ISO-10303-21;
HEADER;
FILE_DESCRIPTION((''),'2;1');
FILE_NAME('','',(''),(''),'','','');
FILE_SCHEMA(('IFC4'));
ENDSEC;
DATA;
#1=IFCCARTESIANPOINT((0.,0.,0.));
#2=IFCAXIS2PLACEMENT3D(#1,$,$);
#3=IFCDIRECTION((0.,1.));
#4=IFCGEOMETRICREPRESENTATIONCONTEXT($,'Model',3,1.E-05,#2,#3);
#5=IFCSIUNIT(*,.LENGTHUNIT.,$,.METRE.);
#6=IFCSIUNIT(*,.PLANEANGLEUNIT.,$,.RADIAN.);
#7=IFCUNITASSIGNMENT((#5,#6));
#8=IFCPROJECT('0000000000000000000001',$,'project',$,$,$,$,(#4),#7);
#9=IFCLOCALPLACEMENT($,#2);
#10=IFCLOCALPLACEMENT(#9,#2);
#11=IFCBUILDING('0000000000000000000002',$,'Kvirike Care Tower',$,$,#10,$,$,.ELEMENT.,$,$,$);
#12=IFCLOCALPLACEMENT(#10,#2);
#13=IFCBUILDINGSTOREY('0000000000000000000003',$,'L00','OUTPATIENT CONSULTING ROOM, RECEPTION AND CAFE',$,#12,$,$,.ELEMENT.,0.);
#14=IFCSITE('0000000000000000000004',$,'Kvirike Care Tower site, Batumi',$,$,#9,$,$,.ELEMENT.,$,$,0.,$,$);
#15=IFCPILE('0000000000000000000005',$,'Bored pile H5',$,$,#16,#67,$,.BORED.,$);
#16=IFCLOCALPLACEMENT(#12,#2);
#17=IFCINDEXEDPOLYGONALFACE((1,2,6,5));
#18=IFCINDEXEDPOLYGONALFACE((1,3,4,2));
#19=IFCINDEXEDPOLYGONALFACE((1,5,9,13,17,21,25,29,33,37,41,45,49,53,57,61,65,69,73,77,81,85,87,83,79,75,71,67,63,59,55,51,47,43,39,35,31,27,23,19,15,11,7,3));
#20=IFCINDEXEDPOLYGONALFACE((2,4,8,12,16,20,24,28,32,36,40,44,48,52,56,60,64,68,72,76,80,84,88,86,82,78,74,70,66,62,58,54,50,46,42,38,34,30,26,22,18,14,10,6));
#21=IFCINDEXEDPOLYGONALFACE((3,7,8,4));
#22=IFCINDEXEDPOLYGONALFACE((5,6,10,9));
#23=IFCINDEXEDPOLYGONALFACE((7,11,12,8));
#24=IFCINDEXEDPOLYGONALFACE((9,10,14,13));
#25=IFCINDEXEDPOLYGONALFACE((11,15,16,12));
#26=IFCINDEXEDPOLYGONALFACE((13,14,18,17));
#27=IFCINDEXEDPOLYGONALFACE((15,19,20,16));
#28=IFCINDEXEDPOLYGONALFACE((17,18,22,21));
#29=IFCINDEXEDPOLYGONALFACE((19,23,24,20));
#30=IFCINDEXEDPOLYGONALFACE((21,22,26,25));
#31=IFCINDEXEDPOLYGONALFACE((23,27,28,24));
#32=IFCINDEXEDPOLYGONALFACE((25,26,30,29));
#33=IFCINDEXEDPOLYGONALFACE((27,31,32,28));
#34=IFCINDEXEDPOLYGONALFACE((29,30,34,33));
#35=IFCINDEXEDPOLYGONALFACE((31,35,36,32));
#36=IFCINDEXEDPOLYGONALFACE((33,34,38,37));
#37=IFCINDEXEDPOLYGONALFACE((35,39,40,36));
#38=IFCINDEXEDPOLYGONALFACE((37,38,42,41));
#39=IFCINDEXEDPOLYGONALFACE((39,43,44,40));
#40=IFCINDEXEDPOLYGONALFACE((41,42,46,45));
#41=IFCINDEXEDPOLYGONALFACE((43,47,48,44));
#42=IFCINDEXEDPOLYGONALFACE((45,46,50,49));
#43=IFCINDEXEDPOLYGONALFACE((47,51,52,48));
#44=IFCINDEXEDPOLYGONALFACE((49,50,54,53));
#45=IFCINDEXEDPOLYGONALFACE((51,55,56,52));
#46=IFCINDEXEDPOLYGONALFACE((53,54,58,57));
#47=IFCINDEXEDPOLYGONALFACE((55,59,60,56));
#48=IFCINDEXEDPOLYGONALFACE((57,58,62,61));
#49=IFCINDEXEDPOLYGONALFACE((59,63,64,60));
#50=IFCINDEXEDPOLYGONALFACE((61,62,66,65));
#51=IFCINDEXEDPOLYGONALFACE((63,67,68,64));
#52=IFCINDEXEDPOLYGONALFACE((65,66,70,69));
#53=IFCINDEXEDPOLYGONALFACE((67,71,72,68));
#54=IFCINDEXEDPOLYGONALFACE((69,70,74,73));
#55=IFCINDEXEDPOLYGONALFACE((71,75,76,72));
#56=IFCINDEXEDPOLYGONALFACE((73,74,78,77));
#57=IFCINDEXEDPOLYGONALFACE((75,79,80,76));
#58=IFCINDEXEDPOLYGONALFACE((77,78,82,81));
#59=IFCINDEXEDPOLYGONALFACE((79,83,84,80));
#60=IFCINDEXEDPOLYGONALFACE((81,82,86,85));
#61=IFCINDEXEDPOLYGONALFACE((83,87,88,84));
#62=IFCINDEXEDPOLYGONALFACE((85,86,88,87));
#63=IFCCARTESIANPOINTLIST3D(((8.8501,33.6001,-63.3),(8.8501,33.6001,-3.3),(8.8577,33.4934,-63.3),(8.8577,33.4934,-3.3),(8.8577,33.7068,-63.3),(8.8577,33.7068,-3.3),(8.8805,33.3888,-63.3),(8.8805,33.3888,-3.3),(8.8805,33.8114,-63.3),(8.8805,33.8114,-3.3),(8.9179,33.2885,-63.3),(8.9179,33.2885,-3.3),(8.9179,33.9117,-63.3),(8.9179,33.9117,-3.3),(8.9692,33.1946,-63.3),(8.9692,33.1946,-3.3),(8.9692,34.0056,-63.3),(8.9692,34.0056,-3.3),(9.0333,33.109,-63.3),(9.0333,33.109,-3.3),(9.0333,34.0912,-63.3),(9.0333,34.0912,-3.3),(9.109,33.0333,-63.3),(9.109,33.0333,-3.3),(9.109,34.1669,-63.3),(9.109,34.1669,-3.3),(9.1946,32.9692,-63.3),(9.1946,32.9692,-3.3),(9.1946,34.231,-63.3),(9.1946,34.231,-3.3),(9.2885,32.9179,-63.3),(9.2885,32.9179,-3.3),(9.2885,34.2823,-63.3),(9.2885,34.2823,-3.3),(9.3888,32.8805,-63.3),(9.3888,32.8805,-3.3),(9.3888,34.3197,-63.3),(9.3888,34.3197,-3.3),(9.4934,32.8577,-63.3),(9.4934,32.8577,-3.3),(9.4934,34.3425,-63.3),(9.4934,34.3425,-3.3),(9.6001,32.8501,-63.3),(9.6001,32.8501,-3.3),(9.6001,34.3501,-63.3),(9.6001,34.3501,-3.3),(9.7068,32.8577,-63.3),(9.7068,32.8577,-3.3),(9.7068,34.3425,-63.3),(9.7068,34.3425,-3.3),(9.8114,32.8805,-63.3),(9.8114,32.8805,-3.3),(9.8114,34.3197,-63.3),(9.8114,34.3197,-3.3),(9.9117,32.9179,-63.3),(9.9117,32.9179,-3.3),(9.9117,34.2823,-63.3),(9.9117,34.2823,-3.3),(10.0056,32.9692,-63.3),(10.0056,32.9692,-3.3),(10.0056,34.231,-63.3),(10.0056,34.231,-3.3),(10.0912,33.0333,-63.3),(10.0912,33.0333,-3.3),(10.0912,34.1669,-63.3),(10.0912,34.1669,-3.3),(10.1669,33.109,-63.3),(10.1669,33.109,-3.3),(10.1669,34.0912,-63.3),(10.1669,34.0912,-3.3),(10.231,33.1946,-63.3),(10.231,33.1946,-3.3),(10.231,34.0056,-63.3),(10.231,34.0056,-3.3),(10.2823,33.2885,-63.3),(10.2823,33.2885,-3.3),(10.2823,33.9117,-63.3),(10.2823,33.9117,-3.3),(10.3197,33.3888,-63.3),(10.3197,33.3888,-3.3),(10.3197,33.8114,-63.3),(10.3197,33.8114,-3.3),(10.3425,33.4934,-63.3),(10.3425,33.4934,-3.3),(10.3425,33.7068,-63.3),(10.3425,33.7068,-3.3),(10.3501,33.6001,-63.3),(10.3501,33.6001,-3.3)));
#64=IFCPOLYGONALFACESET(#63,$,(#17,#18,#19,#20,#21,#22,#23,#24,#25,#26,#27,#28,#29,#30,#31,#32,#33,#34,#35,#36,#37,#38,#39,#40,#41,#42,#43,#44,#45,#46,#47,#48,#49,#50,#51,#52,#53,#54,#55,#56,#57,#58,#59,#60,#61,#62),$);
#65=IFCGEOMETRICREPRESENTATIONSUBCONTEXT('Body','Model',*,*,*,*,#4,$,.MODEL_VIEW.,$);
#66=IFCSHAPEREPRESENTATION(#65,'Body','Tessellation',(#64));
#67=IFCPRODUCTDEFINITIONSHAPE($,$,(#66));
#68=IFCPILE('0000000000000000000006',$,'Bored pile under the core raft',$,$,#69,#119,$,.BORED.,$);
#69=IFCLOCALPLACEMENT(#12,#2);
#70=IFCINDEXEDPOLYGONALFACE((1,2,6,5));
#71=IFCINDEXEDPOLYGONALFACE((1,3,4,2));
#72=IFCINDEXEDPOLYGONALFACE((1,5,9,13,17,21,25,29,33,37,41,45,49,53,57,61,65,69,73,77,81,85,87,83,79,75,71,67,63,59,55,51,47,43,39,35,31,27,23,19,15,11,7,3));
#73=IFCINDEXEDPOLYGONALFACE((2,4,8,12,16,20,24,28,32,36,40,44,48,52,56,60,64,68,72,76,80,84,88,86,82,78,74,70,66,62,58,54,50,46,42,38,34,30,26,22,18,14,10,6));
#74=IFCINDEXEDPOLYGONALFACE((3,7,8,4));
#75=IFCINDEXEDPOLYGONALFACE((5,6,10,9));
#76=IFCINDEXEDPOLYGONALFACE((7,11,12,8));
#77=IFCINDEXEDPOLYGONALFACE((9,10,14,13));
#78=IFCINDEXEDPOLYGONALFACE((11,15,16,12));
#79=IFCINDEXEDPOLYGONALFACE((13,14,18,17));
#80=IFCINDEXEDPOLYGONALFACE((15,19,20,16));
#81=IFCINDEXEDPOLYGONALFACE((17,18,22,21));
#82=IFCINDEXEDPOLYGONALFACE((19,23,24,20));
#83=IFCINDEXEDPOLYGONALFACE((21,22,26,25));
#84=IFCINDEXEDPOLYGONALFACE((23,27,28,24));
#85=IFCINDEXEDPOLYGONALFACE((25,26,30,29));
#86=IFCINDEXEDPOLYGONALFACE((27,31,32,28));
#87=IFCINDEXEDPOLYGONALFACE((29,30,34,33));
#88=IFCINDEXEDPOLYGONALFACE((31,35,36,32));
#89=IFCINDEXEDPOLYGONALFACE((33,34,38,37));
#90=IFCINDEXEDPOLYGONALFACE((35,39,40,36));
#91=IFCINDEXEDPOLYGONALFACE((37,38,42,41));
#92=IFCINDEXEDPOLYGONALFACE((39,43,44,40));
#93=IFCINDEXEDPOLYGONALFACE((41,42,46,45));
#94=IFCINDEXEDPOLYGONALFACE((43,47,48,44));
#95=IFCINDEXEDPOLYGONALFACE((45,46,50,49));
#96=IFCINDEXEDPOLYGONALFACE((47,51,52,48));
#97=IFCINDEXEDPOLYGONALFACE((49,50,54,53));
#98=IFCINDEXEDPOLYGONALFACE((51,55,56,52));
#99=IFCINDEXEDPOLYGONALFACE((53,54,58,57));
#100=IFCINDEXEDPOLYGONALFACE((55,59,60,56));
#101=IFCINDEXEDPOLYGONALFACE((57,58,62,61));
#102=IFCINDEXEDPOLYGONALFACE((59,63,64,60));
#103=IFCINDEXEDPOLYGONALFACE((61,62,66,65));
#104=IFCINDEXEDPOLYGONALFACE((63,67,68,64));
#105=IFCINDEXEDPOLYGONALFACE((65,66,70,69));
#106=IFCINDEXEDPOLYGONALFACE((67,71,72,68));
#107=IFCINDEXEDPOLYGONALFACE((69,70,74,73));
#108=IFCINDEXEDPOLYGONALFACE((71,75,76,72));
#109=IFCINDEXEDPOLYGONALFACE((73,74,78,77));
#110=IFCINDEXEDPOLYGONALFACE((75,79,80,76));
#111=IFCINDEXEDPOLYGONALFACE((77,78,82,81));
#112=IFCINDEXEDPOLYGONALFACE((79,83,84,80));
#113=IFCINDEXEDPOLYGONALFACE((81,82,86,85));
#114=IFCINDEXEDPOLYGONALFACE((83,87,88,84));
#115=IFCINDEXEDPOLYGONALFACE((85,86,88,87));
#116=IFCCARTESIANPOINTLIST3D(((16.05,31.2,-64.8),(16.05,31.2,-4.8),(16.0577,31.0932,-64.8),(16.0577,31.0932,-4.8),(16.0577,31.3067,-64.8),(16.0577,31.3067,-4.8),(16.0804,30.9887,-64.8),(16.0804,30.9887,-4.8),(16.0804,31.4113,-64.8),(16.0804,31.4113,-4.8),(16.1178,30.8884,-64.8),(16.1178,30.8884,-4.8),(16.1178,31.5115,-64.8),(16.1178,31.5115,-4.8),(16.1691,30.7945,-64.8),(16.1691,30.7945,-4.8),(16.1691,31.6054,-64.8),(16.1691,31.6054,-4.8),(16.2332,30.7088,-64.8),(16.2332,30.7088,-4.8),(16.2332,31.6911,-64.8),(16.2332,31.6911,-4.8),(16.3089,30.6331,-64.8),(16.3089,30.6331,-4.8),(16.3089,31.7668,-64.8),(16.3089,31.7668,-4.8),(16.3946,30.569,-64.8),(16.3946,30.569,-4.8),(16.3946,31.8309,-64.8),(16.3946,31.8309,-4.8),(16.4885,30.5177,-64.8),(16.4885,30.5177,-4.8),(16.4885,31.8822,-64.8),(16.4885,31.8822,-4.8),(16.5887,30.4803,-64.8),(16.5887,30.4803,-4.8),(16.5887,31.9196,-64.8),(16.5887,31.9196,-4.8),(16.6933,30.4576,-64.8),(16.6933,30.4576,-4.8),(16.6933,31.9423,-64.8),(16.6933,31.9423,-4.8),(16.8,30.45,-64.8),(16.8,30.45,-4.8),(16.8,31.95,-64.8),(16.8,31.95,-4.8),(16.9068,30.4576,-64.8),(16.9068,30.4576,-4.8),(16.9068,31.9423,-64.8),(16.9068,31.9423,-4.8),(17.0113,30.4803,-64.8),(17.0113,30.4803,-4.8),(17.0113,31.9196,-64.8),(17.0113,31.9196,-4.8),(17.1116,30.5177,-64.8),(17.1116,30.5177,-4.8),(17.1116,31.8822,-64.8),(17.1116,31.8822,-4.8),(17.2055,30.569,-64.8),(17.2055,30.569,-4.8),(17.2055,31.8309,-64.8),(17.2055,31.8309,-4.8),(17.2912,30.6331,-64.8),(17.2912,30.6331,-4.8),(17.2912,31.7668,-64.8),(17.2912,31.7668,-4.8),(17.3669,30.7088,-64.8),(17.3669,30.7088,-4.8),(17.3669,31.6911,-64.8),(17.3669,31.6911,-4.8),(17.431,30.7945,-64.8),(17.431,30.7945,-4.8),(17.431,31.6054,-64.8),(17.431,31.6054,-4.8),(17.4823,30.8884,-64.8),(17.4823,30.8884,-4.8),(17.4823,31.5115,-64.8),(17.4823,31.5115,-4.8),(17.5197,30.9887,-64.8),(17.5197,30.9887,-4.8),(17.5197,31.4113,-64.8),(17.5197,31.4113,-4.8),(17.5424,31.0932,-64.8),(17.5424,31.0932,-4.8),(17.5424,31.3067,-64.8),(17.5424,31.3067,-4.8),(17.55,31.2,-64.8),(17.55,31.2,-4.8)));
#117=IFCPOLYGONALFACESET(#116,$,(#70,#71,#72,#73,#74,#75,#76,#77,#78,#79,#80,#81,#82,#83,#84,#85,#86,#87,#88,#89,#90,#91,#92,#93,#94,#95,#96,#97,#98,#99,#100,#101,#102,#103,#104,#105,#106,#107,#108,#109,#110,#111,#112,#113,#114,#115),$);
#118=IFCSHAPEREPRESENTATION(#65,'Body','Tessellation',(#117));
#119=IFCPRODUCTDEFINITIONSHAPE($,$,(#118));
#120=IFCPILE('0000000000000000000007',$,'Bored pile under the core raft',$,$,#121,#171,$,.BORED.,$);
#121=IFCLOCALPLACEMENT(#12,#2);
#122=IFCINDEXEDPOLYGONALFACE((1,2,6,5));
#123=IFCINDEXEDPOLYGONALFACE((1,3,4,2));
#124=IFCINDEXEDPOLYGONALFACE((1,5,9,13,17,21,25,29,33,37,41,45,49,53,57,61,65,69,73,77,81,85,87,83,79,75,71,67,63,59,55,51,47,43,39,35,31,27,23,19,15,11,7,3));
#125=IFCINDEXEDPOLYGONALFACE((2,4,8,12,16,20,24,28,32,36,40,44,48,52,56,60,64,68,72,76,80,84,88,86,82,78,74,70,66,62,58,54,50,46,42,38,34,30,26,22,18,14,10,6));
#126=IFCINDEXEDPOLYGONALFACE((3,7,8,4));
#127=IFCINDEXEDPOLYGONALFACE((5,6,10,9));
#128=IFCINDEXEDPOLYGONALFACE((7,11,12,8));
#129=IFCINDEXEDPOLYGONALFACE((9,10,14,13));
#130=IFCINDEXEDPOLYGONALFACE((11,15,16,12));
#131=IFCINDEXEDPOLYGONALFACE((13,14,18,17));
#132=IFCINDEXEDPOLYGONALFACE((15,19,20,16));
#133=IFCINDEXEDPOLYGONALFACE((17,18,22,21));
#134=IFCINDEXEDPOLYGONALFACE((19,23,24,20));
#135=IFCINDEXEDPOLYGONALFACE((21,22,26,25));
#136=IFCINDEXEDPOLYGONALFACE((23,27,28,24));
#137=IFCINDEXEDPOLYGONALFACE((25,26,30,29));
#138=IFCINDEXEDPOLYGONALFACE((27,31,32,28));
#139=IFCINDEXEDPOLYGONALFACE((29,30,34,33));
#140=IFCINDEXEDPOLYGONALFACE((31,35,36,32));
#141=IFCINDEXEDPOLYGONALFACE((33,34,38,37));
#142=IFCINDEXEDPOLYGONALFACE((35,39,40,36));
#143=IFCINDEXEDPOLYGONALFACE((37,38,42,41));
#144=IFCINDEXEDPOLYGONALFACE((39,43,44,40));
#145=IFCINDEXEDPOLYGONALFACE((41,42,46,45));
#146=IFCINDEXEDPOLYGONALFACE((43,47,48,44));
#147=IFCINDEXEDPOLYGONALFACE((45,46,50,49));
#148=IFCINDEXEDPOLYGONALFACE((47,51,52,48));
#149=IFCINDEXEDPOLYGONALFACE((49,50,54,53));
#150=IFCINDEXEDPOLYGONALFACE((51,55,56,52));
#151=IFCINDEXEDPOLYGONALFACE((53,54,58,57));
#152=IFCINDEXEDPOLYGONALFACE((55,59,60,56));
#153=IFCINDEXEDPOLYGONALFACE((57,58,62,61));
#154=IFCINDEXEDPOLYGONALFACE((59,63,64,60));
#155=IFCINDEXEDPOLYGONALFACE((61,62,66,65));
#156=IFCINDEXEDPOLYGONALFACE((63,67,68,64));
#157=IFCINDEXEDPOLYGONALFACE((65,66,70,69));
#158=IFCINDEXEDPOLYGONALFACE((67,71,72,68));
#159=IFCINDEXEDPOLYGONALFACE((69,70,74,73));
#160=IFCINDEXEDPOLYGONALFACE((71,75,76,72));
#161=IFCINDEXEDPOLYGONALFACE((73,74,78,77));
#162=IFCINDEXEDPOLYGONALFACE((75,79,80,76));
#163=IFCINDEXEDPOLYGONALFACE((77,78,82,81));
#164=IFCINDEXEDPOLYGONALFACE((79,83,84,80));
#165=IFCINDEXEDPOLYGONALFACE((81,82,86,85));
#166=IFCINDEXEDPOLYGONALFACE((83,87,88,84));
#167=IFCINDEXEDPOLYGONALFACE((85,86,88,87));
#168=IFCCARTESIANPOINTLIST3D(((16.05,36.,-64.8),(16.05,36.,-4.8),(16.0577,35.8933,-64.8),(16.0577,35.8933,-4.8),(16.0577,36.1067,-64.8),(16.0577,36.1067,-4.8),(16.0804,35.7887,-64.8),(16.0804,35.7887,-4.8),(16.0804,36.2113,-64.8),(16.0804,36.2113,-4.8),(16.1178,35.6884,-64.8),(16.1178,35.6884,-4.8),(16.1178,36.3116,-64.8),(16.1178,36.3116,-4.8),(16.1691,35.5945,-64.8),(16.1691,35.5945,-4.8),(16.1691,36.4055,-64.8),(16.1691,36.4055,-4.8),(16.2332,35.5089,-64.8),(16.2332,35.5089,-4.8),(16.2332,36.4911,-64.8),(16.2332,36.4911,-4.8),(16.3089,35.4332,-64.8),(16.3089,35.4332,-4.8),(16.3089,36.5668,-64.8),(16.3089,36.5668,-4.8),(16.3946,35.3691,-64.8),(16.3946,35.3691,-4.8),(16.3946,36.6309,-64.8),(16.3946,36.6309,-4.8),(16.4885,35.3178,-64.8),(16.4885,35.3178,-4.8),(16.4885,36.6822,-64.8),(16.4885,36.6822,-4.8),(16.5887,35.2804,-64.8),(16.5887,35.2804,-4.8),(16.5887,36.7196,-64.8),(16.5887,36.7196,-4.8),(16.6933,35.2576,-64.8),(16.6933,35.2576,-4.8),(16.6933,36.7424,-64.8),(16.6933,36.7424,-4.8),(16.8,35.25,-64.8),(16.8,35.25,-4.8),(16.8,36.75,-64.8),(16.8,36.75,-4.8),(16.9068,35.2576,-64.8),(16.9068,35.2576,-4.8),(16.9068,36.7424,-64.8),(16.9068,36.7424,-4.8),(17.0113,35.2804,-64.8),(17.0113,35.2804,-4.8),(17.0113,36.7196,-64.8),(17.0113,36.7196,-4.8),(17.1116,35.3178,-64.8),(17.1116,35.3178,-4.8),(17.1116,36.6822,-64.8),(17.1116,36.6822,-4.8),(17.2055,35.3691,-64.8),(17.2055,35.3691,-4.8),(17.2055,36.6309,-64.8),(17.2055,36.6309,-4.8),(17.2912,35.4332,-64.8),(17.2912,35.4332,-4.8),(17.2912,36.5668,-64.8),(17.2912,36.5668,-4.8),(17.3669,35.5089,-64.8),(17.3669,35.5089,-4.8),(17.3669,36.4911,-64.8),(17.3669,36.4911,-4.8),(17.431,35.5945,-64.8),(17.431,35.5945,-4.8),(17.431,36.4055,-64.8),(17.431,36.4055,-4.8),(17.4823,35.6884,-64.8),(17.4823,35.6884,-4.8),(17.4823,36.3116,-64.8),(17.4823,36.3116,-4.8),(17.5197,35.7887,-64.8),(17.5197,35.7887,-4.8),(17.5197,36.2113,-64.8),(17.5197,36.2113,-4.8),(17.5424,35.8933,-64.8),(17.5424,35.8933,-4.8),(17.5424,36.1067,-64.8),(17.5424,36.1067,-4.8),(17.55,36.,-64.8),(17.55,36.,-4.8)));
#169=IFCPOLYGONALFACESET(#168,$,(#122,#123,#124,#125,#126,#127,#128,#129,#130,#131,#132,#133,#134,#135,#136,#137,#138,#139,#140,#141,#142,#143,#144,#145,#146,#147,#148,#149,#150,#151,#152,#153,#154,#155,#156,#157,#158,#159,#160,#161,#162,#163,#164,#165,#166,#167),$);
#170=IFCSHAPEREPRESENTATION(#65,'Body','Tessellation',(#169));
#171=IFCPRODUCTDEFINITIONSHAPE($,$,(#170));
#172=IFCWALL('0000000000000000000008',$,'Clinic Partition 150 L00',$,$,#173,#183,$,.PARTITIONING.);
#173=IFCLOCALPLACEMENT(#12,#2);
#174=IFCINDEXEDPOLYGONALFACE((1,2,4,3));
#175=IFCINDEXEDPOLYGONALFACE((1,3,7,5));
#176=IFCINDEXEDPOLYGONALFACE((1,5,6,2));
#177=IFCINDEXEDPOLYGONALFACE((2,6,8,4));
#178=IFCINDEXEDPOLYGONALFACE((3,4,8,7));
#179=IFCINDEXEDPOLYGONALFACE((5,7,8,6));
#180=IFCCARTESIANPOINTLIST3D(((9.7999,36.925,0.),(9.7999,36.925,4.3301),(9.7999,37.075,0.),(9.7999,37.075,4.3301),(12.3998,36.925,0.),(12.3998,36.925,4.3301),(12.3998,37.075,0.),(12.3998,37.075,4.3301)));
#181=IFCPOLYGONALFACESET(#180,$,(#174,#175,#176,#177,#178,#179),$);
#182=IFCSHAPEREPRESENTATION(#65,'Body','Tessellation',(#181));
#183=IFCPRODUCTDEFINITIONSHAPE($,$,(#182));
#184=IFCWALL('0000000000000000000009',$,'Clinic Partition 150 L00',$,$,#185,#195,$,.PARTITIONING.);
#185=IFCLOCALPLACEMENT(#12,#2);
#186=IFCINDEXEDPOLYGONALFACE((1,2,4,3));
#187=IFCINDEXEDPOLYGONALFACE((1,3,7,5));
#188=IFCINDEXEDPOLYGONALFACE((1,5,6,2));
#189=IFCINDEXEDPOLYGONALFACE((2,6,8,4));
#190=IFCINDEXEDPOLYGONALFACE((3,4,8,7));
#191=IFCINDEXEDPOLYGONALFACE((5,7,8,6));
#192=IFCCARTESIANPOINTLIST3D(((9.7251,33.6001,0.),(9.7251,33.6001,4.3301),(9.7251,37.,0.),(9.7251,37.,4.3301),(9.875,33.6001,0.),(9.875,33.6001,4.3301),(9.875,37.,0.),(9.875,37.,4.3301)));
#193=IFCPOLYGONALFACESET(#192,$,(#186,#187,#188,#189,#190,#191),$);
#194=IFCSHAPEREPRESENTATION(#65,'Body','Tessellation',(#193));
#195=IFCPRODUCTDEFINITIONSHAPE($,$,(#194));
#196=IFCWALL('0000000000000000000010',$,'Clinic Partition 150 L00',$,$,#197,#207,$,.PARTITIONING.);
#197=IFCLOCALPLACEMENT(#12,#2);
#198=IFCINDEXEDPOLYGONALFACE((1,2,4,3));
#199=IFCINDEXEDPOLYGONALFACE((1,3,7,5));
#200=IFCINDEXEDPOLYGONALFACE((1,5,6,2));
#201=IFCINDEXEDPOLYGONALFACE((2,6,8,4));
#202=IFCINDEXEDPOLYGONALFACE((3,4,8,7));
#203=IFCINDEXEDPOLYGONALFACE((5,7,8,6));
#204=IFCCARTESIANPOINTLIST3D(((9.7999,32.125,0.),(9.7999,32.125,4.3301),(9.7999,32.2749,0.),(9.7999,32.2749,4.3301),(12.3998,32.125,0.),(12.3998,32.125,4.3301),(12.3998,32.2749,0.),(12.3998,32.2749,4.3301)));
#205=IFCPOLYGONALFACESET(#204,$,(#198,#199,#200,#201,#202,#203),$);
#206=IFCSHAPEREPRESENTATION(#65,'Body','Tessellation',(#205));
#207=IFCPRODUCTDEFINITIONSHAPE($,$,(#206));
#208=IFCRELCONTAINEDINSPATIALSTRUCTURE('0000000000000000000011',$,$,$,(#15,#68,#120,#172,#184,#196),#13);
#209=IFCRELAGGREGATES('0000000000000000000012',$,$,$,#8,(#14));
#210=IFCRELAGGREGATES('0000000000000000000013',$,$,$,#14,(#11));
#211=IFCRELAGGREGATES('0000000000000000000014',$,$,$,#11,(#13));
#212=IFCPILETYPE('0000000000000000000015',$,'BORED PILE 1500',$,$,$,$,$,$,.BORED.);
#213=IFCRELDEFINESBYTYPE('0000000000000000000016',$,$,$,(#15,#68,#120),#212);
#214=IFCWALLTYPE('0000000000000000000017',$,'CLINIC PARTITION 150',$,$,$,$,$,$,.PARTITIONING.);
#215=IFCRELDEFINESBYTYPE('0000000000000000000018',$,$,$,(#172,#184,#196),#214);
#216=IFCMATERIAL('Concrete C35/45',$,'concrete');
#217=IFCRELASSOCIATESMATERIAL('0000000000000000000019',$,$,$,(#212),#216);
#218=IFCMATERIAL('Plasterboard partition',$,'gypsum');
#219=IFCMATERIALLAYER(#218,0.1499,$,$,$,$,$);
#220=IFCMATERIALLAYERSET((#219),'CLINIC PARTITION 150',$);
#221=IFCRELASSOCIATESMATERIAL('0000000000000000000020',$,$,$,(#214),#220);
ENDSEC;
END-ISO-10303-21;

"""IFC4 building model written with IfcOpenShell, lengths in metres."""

from ifc_helpers import new_model, si_unit, direction, frame, frame_2d, origin, origin_2d, place, context, subcontext, project, spatial, rectangle, circle, extrude, material, layer, layer_set, material_profile, profile_set, type_object, element, save


model = new_model("IFC4")

# Units and contexts
model_context = context("Model", 3, precision=1e-05, world=origin(), true_north=direction((0.0, 1.0)))
body_context = subcontext(model_context, "Body", "Model", "MODEL_VIEW")
ifc_project = project(units=[si_unit("LENGTHUNIT", "METRE"), si_unit("PLANEANGLEUNIT", "RADIAN")], contexts=[model_context])

# Site, building, storey
site_placement = place(None, origin())
site = spatial("IfcSite", under=ifc_project, at=site_placement, Name="Kvirike Care Tower site, Batumi", CompositionType="ELEMENT", RefElevation=0.0)
building_placement = place(site_placement, origin())
building = spatial("IfcBuilding", under=site, at=building_placement, Name="Kvirike Care Tower", CompositionType="ELEMENT")
storey_placement = place(building_placement, origin())
storey = spatial("IfcBuildingStorey", under=building, at=storey_placement, Name="L00", Description="OUTPATIENT CONSULTING ROOM, RECEPTION AND CAFE", CompositionType="ELEMENT", Elevation=0.0)

# Piles
ifc_material_1 = material(Name="Concrete C35/45", Category="concrete")
ifc_material_profile = material_profile(ifc_material_1, circle(Radius=0.75, at=origin_2d()), Name="BORED PILE 1500")
ifc_profile_set = profile_set([ifc_material_profile], Name="Concrete C35/45")
pile_type = type_object("IfcPileType", Name="BORED PILE 1500", PredefinedType="BORED", material=ifc_profile_set)
for number, where, z_axis, x_axis, name in (
    (1, (9.6001, 33.6001, -3.3), (0.0, 0.0, -1.0), (1.0, 0.0, 0.0), "Bored pile H5"),
    (2, (16.8, 31.2, -4.8), (0.0, 0.0, -1.0), (1.0, 0.0, 0.0), "Bored pile under the core raft"),
    (3, (16.8, 36.0, -4.8), (0.0, 0.0, -1.0), (1.0, 0.0, 0.0), "Bored pile under the core raft"),
):
    element("IfcPile", number, at=place(storey_placement, frame(where, z_axis=z_axis, x_axis=x_axis)), inside=storey, type_object=pile_type, Name=name, PredefinedType="BORED", context=body_context, shape_type="SweptSolid", body=[
        extrude(circle(Radius=0.75, at=origin_2d()), origin(), (0.0, 0.0, 1.0), 60.0),
    ])

# Walls
ifc_material_2 = material(Name="Plasterboard partition", Category="gypsum")
ifc_layer_1 = layer(ifc_material_2, 0.1499)
ifc_layer_set_1 = layer_set([ifc_layer_1], Name="CLINIC PARTITION 150")
wall_type_1 = type_object("IfcWallType", Name="CLINIC PARTITION 150", PredefinedType="PARTITIONING", material=ifc_layer_set_1)
wall_1_placement = place(storey_placement, frame((9.8, 37.0, 0.0), z_axis=(0.0, 0.0, 1.0), x_axis=(1.0, 0.0, 0.0)))
element("IfcWall", 4, at=wall_1_placement, inside=storey, type_object=wall_type_1, Name="Clinic Partition 150 L00", PredefinedType="PARTITIONING", context=body_context, shape_type="SweptSolid", body=[
    extrude(rectangle(XDim=2.5999, YDim=0.1499, at=frame_2d((1.2998, 0.0))), origin(), (0.0, 0.0, 1.0), 4.3301),
])
wall_2_placement = place(storey_placement, frame((9.8, 37.0, 0.0), z_axis=(0.0, 0.0, 1.0), x_axis=(0.0, -1.0, 0.0)))
element("IfcWall", 5, at=wall_2_placement, inside=storey, type_object=wall_type_1, Name="Clinic Partition 150 L00", PredefinedType="PARTITIONING", context=body_context, shape_type="SweptSolid", body=[
    extrude(rectangle(XDim=3.3999, YDim=0.1499, at=frame_2d((1.7, 0.0))), origin(), (0.0, 0.0, 1.0), 4.3301),
])
wall_3_placement = place(storey_placement, frame((9.8, 32.2, 0.0), z_axis=(0.0, 0.0, 1.0), x_axis=(1.0, 0.0, 0.0)))
element("IfcWall", 6, at=wall_3_placement, inside=storey, type_object=wall_type_1, Name="Clinic Partition 150 L00", PredefinedType="PARTITIONING", context=body_context, shape_type="SweptSolid", body=[
    extrude(rectangle(XDim=2.5999, YDim=0.1499, at=frame_2d((1.2998, 0.0))), origin(), (0.0, 0.0, 1.0), 4.3301),
])

save(model, "model.ifc")
